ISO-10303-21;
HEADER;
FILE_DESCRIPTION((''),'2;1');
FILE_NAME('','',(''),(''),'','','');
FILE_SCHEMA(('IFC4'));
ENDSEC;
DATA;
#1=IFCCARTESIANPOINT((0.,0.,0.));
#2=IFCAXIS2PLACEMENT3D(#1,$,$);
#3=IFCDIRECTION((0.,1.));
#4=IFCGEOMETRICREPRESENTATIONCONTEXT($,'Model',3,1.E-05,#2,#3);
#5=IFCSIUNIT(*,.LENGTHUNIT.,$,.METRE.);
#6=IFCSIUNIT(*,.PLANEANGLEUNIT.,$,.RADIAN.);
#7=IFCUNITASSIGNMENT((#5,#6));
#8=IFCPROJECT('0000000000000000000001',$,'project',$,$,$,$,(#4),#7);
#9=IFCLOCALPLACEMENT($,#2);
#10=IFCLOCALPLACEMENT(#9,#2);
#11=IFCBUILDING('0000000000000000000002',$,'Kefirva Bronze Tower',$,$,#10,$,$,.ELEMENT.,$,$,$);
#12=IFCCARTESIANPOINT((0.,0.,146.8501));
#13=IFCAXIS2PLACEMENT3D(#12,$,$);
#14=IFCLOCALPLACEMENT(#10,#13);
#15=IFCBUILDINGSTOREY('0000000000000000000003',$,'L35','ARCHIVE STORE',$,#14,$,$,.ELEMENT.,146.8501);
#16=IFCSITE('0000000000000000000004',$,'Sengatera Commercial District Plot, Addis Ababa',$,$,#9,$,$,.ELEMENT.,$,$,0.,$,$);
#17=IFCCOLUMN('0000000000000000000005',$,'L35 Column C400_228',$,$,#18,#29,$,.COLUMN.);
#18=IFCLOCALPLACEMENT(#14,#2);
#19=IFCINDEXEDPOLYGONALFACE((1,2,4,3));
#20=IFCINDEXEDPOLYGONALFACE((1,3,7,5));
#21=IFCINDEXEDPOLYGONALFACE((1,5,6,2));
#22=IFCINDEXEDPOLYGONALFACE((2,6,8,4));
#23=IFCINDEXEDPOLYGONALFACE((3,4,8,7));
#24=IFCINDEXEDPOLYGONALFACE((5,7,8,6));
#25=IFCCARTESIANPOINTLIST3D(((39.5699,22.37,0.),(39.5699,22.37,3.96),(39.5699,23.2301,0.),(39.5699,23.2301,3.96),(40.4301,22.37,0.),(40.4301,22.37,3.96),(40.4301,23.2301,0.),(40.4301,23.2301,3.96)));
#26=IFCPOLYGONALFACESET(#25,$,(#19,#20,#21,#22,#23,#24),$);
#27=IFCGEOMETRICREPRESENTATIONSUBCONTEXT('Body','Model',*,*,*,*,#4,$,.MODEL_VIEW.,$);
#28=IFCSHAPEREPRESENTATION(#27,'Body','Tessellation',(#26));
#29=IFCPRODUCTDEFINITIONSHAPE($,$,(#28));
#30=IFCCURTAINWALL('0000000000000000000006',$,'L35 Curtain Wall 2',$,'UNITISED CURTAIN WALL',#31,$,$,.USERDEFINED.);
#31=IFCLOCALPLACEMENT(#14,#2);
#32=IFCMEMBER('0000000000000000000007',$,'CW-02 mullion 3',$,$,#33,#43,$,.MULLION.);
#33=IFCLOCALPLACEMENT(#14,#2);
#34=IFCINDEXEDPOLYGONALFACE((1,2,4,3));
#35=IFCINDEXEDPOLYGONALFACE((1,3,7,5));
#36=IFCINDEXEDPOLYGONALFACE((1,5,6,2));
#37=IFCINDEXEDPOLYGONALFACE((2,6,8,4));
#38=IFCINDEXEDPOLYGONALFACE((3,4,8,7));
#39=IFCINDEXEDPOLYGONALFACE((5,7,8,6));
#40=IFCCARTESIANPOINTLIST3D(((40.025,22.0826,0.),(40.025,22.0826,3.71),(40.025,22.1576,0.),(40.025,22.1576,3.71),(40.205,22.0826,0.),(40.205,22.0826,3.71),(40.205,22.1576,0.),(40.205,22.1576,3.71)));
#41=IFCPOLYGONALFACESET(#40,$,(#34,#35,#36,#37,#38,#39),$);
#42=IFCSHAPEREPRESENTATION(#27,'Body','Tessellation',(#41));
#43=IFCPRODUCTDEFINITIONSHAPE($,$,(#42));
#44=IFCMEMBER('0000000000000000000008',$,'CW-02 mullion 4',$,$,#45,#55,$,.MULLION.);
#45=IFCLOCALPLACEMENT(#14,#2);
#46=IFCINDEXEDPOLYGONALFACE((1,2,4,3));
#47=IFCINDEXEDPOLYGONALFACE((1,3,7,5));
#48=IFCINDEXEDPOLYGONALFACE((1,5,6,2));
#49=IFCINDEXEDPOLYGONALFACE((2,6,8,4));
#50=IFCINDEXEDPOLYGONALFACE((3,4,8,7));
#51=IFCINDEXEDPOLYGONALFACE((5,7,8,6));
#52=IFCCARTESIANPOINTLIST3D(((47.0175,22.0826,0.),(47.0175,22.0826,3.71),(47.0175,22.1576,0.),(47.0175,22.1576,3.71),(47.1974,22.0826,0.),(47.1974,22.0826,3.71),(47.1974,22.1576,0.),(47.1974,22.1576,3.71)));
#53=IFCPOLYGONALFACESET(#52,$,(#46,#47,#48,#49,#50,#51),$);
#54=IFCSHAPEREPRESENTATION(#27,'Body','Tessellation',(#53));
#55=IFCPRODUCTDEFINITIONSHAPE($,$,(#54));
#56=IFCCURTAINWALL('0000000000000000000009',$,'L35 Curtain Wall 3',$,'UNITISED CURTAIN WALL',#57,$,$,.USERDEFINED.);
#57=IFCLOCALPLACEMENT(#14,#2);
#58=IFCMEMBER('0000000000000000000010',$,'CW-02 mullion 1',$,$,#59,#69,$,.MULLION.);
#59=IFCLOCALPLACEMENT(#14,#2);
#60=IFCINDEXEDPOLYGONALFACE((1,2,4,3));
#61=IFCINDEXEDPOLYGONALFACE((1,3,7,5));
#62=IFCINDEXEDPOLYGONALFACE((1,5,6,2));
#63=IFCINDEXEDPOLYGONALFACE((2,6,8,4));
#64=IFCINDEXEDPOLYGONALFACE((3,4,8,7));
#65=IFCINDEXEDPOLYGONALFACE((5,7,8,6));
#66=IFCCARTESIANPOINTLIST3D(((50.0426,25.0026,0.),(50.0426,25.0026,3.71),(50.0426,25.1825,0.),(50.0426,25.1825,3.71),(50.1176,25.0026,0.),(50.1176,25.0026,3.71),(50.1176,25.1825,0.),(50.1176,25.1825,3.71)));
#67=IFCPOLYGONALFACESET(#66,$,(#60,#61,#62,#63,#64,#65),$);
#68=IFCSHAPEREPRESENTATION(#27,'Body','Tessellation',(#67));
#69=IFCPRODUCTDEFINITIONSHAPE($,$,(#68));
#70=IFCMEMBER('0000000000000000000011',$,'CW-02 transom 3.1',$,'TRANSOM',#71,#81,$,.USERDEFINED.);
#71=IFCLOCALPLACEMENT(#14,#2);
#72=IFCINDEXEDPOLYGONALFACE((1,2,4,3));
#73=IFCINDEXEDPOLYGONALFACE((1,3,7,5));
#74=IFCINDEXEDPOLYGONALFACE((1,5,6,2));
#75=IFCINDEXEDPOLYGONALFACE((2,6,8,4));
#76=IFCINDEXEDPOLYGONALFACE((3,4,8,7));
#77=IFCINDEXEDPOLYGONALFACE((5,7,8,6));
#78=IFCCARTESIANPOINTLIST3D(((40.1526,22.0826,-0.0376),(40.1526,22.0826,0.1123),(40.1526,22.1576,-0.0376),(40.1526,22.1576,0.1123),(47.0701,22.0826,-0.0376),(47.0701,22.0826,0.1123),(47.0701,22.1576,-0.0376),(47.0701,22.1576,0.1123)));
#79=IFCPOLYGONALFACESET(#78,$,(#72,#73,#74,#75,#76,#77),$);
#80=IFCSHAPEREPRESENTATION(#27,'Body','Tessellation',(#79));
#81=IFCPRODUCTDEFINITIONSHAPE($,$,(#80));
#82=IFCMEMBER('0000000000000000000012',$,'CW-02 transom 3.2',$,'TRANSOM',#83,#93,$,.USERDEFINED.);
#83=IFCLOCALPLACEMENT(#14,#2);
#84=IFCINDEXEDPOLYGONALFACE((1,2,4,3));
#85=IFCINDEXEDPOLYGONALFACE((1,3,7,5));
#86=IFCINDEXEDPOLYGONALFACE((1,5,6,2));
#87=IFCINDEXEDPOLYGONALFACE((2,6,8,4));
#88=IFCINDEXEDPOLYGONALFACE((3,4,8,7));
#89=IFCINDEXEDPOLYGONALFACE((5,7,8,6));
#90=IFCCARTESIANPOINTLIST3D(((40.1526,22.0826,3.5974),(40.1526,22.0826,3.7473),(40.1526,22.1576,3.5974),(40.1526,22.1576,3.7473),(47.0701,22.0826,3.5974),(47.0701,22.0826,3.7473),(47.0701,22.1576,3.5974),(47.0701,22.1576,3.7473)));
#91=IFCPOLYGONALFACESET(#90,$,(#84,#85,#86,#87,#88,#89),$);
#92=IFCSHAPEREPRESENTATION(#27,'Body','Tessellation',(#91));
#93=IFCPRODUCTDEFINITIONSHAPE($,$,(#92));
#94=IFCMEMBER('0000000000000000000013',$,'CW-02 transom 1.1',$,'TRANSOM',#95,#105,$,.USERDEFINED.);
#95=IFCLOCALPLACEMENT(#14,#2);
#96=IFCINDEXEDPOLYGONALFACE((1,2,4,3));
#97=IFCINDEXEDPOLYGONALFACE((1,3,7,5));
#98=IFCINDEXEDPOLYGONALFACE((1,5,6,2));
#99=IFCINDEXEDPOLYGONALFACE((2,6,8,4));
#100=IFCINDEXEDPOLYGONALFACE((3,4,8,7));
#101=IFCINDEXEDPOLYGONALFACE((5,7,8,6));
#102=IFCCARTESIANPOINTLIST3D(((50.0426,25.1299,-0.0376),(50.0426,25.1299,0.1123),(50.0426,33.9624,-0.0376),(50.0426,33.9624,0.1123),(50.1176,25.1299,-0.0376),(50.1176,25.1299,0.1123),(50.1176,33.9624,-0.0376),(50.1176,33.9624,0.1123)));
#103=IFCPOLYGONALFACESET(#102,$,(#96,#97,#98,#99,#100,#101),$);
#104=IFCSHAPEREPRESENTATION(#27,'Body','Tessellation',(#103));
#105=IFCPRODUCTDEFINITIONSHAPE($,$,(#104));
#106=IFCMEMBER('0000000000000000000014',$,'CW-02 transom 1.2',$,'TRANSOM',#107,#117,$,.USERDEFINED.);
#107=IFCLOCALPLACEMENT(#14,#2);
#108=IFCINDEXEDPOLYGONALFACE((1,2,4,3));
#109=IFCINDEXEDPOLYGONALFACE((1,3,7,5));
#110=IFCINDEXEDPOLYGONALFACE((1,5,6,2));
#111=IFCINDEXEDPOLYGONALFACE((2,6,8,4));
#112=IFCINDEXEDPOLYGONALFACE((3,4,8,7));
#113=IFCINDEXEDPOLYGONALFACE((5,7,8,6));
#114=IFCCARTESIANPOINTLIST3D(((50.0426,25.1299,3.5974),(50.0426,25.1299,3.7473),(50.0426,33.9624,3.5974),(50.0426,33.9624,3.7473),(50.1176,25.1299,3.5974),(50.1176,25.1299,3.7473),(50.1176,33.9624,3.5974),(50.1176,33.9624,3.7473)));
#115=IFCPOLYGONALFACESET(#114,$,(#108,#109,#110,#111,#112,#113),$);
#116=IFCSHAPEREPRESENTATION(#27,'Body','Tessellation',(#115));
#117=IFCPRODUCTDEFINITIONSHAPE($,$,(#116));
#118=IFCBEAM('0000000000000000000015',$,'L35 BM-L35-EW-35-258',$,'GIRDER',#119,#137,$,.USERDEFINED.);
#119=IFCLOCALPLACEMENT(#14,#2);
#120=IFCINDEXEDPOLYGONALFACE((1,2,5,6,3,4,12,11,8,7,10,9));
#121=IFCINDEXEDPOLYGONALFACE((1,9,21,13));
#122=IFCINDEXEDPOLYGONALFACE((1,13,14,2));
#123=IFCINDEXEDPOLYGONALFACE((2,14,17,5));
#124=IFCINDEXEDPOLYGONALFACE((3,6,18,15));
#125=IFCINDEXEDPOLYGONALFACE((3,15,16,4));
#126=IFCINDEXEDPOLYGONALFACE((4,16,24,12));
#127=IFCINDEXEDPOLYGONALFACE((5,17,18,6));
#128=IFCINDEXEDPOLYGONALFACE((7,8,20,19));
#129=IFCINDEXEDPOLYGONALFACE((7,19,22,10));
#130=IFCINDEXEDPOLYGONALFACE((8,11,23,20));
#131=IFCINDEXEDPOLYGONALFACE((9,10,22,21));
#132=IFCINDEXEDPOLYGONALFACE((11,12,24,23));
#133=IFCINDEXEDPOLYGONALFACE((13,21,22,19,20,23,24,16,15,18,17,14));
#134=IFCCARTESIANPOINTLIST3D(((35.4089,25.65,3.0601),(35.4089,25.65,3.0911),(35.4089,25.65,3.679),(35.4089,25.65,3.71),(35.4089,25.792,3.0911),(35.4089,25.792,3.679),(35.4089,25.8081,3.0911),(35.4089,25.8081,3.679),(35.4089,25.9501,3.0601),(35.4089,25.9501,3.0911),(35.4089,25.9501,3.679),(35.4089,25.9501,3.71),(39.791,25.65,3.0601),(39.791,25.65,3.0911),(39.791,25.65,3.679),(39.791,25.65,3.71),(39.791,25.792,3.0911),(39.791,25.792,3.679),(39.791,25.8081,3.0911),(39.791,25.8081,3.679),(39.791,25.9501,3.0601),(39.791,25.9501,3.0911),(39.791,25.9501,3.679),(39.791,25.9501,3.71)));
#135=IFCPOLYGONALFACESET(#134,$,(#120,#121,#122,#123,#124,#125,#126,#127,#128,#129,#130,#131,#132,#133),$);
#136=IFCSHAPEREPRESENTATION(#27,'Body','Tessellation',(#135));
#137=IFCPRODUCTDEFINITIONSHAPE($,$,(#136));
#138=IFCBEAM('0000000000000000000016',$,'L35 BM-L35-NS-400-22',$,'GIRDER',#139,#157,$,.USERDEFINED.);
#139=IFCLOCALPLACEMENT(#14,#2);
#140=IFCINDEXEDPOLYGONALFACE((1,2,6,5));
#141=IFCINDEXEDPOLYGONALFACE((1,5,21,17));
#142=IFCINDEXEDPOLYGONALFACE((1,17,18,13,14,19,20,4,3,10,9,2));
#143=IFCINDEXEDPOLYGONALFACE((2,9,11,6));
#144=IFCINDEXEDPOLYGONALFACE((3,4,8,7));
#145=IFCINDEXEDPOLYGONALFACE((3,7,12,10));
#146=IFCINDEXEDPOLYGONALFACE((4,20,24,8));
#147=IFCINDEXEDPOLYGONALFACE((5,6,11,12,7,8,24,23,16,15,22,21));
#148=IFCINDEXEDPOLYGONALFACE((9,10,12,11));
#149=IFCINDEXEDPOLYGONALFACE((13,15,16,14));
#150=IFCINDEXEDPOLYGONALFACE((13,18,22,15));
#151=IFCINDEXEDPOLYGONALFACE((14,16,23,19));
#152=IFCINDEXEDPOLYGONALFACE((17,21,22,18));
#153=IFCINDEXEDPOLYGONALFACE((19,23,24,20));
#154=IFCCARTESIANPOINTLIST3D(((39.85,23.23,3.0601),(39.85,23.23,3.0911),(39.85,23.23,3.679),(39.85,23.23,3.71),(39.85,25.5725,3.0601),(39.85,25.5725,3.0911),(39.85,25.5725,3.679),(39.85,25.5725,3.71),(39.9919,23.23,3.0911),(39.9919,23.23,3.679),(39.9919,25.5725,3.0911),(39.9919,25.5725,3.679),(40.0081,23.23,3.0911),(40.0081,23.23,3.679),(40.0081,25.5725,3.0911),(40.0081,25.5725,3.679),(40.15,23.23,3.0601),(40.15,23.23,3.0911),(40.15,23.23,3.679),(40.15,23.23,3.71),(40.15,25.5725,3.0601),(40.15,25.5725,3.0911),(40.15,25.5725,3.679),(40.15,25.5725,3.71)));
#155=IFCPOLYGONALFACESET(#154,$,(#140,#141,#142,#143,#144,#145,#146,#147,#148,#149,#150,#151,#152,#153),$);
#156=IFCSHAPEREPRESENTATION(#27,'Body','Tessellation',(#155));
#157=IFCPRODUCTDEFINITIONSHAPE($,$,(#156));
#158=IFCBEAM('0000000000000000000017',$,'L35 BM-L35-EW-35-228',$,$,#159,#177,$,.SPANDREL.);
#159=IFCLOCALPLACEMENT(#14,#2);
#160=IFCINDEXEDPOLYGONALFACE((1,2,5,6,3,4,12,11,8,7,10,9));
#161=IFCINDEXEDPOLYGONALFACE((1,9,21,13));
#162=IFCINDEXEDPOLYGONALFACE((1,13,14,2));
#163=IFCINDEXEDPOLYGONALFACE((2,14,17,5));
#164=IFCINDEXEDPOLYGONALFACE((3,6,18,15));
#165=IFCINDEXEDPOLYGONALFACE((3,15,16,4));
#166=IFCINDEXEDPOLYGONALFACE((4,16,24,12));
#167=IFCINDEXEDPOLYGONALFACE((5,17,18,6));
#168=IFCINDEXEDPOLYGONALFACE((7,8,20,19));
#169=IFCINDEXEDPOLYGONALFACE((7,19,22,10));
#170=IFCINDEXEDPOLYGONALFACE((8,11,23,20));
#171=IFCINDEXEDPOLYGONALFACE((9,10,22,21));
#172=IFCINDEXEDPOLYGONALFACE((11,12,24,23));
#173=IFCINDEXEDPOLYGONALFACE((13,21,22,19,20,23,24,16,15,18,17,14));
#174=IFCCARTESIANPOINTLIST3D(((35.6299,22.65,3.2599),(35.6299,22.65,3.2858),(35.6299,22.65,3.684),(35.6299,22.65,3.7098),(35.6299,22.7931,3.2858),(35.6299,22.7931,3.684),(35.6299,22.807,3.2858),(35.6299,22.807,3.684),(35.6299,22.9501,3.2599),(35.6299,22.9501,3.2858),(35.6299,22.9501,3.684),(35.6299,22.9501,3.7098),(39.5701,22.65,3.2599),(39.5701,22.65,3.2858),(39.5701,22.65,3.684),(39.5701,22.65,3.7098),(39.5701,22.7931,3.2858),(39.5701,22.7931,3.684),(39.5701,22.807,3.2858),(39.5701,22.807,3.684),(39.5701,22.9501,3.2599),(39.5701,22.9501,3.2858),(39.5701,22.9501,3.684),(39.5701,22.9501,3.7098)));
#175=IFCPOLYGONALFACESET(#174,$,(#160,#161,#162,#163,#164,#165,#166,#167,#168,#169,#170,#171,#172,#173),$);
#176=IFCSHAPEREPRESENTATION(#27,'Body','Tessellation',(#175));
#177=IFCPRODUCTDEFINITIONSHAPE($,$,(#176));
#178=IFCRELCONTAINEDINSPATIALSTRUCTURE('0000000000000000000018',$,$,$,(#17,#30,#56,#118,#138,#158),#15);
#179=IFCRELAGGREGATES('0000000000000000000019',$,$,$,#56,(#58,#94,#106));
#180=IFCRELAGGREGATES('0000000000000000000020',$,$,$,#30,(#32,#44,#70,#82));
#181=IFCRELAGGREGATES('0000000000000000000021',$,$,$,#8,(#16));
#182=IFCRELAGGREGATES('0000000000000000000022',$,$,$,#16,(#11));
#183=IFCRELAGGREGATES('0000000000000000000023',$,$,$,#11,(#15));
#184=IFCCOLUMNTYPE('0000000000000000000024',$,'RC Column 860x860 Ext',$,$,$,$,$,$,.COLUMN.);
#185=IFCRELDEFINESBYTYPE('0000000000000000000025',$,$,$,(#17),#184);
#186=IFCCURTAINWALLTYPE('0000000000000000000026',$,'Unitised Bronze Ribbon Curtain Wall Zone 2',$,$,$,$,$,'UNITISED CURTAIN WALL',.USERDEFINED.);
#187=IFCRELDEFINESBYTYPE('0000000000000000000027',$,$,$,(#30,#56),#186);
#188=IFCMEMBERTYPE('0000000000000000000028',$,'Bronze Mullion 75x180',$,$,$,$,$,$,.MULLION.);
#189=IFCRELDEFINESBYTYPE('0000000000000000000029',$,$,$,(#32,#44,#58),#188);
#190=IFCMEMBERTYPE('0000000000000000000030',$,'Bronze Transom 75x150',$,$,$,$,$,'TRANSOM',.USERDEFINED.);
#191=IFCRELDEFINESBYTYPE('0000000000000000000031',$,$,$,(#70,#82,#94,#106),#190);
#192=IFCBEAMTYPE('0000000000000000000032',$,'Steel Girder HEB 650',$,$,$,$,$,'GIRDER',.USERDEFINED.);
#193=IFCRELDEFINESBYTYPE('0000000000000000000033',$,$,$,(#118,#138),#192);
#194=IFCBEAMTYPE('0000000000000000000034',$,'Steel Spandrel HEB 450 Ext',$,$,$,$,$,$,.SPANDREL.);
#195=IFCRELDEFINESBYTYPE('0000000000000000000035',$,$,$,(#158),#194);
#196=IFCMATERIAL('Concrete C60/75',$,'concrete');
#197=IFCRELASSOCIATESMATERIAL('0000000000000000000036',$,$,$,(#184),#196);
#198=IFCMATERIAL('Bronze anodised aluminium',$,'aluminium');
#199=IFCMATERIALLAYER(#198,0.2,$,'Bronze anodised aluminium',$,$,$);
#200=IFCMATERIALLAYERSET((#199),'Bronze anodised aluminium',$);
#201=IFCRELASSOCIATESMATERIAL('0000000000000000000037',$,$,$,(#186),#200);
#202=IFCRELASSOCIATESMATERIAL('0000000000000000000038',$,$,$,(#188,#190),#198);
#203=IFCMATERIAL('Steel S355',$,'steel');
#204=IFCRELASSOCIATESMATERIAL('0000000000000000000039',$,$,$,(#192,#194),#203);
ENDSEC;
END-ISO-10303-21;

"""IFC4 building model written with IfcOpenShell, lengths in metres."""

from ifc_helpers import new_model, si_unit, direction, frame, origin, origin_2d, place, context, subcontext, project, spatial, rectangle, i_section, extrude, material, layer, layer_set, material_profile, profile_set, type_object, element, aggregate, save


model = new_model("IFC4")

# Units and contexts
model_context = context("Model", 3, precision=1e-05, world=origin(), true_north=direction((0.0, 1.0)))
body_context = subcontext(model_context, "Body", "Model", "MODEL_VIEW")
ifc_project = project(units=[si_unit("LENGTHUNIT", "METRE"), si_unit("PLANEANGLEUNIT", "RADIAN")], contexts=[model_context])

# Site, building, storey
site_placement = place(None, origin())
site = spatial("IfcSite", under=ifc_project, at=site_placement, Name="Sengatera Commercial District Plot, Addis Ababa", CompositionType="ELEMENT", RefElevation=0.0)
building_placement = place(site_placement, origin())
building = spatial("IfcBuilding", under=site, at=building_placement, Name="Kefirva Bronze Tower", CompositionType="ELEMENT")
storey_placement = place(building_placement, frame((0.0, 0.0, 146.8501)))
storey = spatial("IfcBuildingStorey", under=building, at=storey_placement, Name="L35", Description="ARCHIVE STORE", CompositionType="ELEMENT", Elevation=146.8501)

# Column
ifc_material_1 = material(Name="Concrete C60/75", Category="concrete")
ifc_material_profile_1 = material_profile(ifc_material_1, rectangle(XDim=0.8601, YDim=0.8601, at=origin_2d()), Name="RC 860x860")
ifc_profile_set_1 = profile_set([ifc_material_profile_1], Name="Concrete C60/75")
column_type = type_object("IfcColumnType", Name="RC Column 860x860 Ext", PredefinedType="COLUMN", material=ifc_profile_set_1)
column_placement = place(storey_placement, frame((40.0, 22.8, 0.0), z_axis=(0.0, 0.0, 1.0), x_axis=(1.0, 0.0, 0.0)))
element("IfcColumn", 1, at=column_placement, inside=storey, type_object=column_type, Name="L35 Column C400_228", PredefinedType="COLUMN", context=body_context, shape_type="SweptSolid", body=[
    extrude(rectangle(XDim=0.8601, YDim=0.8601, at=origin_2d()), origin(), (0.0, 0.0, 1.0), 3.96),
])

# Curtain wall, members
ifc_material_2 = material(Name="Bronze anodised aluminium", Category="aluminium")
ifc_layer_1 = layer(ifc_material_2, 0.2, Name="Bronze anodised aluminium")
ifc_layer_set_1 = layer_set([ifc_layer_1], Name="Bronze anodised aluminium")
curtain_wall_type = type_object("IfcCurtainWallType", Name="Unitised Bronze Ribbon Curtain Wall Zone 2", ElementType="UNITISED CURTAIN WALL", PredefinedType="USERDEFINED", material=ifc_layer_set_1)
curtain_wall_1_placement = place(storey_placement, origin())
curtain_wall_1 = element("IfcCurtainWall", 2, at=curtain_wall_1_placement, inside=storey, type_object=curtain_wall_type, Name="L35 Curtain Wall 2", ObjectType="UNITISED CURTAIN WALL", PredefinedType="USERDEFINED")
ifc_material_profile_2 = material_profile(ifc_material_2, rectangle(XDim=0.075, YDim=0.1799, at=origin_2d()), Name="ALU 75x180")
ifc_profile_set_2 = profile_set([ifc_material_profile_2], Name="Bronze anodised aluminium")
member_type_1 = type_object("IfcMemberType", Name="Bronze Mullion 75x180", PredefinedType="MULLION", material=ifc_profile_set_2)
member_1_placement = place(storey_placement, frame((40.115, 22.1201, 0.0), z_axis=(0.0, 0.0, 1.0), x_axis=(0.0, 1.0, 0.0)))
member_1 = element("IfcMember", 3, at=member_1_placement, type_object=member_type_1, Name="CW-02 mullion 3", PredefinedType="MULLION", context=body_context, shape_type="SweptSolid", body=[
    extrude(rectangle(XDim=0.075, YDim=0.1799, at=origin_2d()), origin(), (0.0, 0.0, 1.0), 3.71),
])
member_2_placement = place(storey_placement, frame((47.1074, 22.1201, 0.0), z_axis=(0.0, 0.0, 1.0), x_axis=(0.0, 1.0, 0.0)))
member_2 = element("IfcMember", 4, at=member_2_placement, type_object=member_type_1, Name="CW-02 mullion 4", PredefinedType="MULLION", context=body_context, shape_type="SweptSolid", body=[
    extrude(rectangle(XDim=0.075, YDim=0.1799, at=origin_2d()), origin(), (0.0, 0.0, 1.0), 3.71),
])

# Curtain wall, member
curtain_wall_2_placement = place(storey_placement, origin())
curtain_wall_2 = element("IfcCurtainWall", 5, at=curtain_wall_2_placement, inside=storey, type_object=curtain_wall_type, Name="L35 Curtain Wall 3", ObjectType="UNITISED CURTAIN WALL", PredefinedType="USERDEFINED")
member_3_placement = place(storey_placement, frame((50.0801, 25.0925, 0.0), z_axis=(0.0, 0.0, 1.0), x_axis=(-1.0, 0.0, 0.0)))
member_3 = element("IfcMember", 6, at=member_3_placement, type_object=member_type_1, Name="CW-02 mullion 1", PredefinedType="MULLION", context=body_context, shape_type="SweptSolid", body=[
    extrude(rectangle(XDim=0.075, YDim=0.1799, at=origin_2d()), origin(), (0.0, 0.0, 1.0), 3.71),
])

# Members
ifc_material_profile_3 = material_profile(ifc_material_2, rectangle(XDim=0.075, YDim=0.1499, at=origin_2d()), Name="ALU 75x150")
ifc_profile_set_3 = profile_set([ifc_material_profile_3], Name="Bronze anodised aluminium")
member_type_2 = type_object("IfcMemberType", Name="Bronze Transom 75x150", ElementType="TRANSOM", PredefinedType="USERDEFINED", material=ifc_profile_set_3)
member_4_placement = place(storey_placement, frame((40.1526, 22.1201, 0.0374), z_axis=(1.0, 0.0, 0.0), x_axis=(0.0, 1.0, 0.0)))
member_4 = element("IfcMember", 7, at=member_4_placement, type_object=member_type_2, Name="CW-02 transom 3.1", ObjectType="TRANSOM", PredefinedType="USERDEFINED", context=body_context, shape_type="SweptSolid", body=[
    extrude(rectangle(XDim=0.075, YDim=0.1499, at=origin_2d()), origin(), (0.0, 0.0, 1.0), 6.9175),
])
member_5_placement = place(storey_placement, frame((40.1526, 22.1201, 3.6724), z_axis=(1.0, 0.0, 0.0), x_axis=(0.0, 1.0, 0.0)))
member_5 = element("IfcMember", 8, at=member_5_placement, type_object=member_type_2, Name="CW-02 transom 3.2", ObjectType="TRANSOM", PredefinedType="USERDEFINED", context=body_context, shape_type="SweptSolid", body=[
    extrude(rectangle(XDim=0.075, YDim=0.1499, at=origin_2d()), origin(), (0.0, 0.0, 1.0), 6.9175),
])
member_6_placement = place(storey_placement, frame((50.0801, 25.1299, 0.0374), z_axis=(0.0, 1.0, 0.0), x_axis=(-1.0, 0.0, 0.0)))
member_6 = element("IfcMember", 9, at=member_6_placement, type_object=member_type_2, Name="CW-02 transom 1.1", ObjectType="TRANSOM", PredefinedType="USERDEFINED", context=body_context, shape_type="SweptSolid", body=[
    extrude(rectangle(XDim=0.075, YDim=0.1499, at=origin_2d()), origin(), (0.0, 0.0, 1.0), 8.8325),
])
member_7_placement = place(storey_placement, frame((50.0801, 25.1299, 3.6724), z_axis=(0.0, 1.0, 0.0), x_axis=(-1.0, 0.0, 0.0)))
member_7 = element("IfcMember", 10, at=member_7_placement, type_object=member_type_2, Name="CW-02 transom 1.2", ObjectType="TRANSOM", PredefinedType="USERDEFINED", context=body_context, shape_type="SweptSolid", body=[
    extrude(rectangle(XDim=0.075, YDim=0.1499, at=origin_2d()), origin(), (0.0, 0.0, 1.0), 8.8325),
])
aggregate(curtain_wall_2, [member_3, member_6, member_7])

# Beams
ifc_material_3 = material(Name="Steel S355", Category="steel")
ifc_material_profile_4 = material_profile(ifc_material_3, i_section(OverallWidth=0.3, OverallDepth=0.6499, WebThickness=0.0161, FlangeThickness=0.031, at=origin_2d()), Name="HEB 650")
ifc_profile_set_4 = profile_set([ifc_material_profile_4], Name="Steel S355")
beam_type_1 = type_object("IfcBeamType", Name="Steel Girder HEB 650", ElementType="GIRDER", PredefinedType="USERDEFINED", material=ifc_profile_set_4)
beam_1_placement = place(storey_placement, frame((35.4089, 25.8, 3.385), z_axis=(1.0, 0.0, 0.0), x_axis=(0.0, 1.0, 0.0)))
element("IfcBeam", 11, at=beam_1_placement, inside=storey, type_object=beam_type_1, Name="L35 BM-L35-EW-35-258", ObjectType="GIRDER", PredefinedType="USERDEFINED", context=body_context, shape_type="SweptSolid", body=[
    extrude(i_section(OverallWidth=0.3, OverallDepth=0.6499, WebThickness=0.0161, FlangeThickness=0.031, at=origin_2d()), origin(), (0.0, 0.0, 1.0), 4.3821),
])
beam_2_placement = place(storey_placement, frame((40.0, 23.23, 3.385), z_axis=(0.0, 1.0, 0.0), x_axis=(-1.0, 0.0, 0.0)))
element("IfcBeam", 12, at=beam_2_placement, inside=storey, type_object=beam_type_1, Name="L35 BM-L35-NS-400-22", ObjectType="GIRDER", PredefinedType="USERDEFINED", context=body_context, shape_type="SweptSolid", body=[
    extrude(i_section(OverallWidth=0.3, OverallDepth=0.6499, WebThickness=0.0161, FlangeThickness=0.031, at=origin_2d()), origin(), (0.0, 0.0, 1.0), 2.3425),
])
ifc_material_profile_5 = material_profile(ifc_material_3, i_section(OverallWidth=0.3, OverallDepth=0.45, WebThickness=0.0139, FlangeThickness=0.0259, at=origin_2d()), Name="HEB 450")
ifc_profile_set_5 = profile_set([ifc_material_profile_5], Name="Steel S355")
beam_type_2 = type_object("IfcBeamType", Name="Steel Spandrel HEB 450 Ext", PredefinedType="SPANDREL", material=ifc_profile_set_5)
beam_3_placement = place(storey_placement, frame((35.6299, 22.8, 3.4849), z_axis=(1.0, 0.0, 0.0), x_axis=(0.0, 1.0, 0.0)))
element("IfcBeam", 13, at=beam_3_placement, inside=storey, type_object=beam_type_2, Name="L35 BM-L35-EW-35-228", PredefinedType="SPANDREL", context=body_context, shape_type="SweptSolid", body=[
    extrude(i_section(OverallWidth=0.3, OverallDepth=0.45, WebThickness=0.0139, FlangeThickness=0.0259, at=origin_2d()), origin(), (0.0, 0.0, 1.0), 3.9402),
])

aggregate(curtain_wall_1, [member_1, member_2, member_4, member_5])

save(model, "model.ifc")
